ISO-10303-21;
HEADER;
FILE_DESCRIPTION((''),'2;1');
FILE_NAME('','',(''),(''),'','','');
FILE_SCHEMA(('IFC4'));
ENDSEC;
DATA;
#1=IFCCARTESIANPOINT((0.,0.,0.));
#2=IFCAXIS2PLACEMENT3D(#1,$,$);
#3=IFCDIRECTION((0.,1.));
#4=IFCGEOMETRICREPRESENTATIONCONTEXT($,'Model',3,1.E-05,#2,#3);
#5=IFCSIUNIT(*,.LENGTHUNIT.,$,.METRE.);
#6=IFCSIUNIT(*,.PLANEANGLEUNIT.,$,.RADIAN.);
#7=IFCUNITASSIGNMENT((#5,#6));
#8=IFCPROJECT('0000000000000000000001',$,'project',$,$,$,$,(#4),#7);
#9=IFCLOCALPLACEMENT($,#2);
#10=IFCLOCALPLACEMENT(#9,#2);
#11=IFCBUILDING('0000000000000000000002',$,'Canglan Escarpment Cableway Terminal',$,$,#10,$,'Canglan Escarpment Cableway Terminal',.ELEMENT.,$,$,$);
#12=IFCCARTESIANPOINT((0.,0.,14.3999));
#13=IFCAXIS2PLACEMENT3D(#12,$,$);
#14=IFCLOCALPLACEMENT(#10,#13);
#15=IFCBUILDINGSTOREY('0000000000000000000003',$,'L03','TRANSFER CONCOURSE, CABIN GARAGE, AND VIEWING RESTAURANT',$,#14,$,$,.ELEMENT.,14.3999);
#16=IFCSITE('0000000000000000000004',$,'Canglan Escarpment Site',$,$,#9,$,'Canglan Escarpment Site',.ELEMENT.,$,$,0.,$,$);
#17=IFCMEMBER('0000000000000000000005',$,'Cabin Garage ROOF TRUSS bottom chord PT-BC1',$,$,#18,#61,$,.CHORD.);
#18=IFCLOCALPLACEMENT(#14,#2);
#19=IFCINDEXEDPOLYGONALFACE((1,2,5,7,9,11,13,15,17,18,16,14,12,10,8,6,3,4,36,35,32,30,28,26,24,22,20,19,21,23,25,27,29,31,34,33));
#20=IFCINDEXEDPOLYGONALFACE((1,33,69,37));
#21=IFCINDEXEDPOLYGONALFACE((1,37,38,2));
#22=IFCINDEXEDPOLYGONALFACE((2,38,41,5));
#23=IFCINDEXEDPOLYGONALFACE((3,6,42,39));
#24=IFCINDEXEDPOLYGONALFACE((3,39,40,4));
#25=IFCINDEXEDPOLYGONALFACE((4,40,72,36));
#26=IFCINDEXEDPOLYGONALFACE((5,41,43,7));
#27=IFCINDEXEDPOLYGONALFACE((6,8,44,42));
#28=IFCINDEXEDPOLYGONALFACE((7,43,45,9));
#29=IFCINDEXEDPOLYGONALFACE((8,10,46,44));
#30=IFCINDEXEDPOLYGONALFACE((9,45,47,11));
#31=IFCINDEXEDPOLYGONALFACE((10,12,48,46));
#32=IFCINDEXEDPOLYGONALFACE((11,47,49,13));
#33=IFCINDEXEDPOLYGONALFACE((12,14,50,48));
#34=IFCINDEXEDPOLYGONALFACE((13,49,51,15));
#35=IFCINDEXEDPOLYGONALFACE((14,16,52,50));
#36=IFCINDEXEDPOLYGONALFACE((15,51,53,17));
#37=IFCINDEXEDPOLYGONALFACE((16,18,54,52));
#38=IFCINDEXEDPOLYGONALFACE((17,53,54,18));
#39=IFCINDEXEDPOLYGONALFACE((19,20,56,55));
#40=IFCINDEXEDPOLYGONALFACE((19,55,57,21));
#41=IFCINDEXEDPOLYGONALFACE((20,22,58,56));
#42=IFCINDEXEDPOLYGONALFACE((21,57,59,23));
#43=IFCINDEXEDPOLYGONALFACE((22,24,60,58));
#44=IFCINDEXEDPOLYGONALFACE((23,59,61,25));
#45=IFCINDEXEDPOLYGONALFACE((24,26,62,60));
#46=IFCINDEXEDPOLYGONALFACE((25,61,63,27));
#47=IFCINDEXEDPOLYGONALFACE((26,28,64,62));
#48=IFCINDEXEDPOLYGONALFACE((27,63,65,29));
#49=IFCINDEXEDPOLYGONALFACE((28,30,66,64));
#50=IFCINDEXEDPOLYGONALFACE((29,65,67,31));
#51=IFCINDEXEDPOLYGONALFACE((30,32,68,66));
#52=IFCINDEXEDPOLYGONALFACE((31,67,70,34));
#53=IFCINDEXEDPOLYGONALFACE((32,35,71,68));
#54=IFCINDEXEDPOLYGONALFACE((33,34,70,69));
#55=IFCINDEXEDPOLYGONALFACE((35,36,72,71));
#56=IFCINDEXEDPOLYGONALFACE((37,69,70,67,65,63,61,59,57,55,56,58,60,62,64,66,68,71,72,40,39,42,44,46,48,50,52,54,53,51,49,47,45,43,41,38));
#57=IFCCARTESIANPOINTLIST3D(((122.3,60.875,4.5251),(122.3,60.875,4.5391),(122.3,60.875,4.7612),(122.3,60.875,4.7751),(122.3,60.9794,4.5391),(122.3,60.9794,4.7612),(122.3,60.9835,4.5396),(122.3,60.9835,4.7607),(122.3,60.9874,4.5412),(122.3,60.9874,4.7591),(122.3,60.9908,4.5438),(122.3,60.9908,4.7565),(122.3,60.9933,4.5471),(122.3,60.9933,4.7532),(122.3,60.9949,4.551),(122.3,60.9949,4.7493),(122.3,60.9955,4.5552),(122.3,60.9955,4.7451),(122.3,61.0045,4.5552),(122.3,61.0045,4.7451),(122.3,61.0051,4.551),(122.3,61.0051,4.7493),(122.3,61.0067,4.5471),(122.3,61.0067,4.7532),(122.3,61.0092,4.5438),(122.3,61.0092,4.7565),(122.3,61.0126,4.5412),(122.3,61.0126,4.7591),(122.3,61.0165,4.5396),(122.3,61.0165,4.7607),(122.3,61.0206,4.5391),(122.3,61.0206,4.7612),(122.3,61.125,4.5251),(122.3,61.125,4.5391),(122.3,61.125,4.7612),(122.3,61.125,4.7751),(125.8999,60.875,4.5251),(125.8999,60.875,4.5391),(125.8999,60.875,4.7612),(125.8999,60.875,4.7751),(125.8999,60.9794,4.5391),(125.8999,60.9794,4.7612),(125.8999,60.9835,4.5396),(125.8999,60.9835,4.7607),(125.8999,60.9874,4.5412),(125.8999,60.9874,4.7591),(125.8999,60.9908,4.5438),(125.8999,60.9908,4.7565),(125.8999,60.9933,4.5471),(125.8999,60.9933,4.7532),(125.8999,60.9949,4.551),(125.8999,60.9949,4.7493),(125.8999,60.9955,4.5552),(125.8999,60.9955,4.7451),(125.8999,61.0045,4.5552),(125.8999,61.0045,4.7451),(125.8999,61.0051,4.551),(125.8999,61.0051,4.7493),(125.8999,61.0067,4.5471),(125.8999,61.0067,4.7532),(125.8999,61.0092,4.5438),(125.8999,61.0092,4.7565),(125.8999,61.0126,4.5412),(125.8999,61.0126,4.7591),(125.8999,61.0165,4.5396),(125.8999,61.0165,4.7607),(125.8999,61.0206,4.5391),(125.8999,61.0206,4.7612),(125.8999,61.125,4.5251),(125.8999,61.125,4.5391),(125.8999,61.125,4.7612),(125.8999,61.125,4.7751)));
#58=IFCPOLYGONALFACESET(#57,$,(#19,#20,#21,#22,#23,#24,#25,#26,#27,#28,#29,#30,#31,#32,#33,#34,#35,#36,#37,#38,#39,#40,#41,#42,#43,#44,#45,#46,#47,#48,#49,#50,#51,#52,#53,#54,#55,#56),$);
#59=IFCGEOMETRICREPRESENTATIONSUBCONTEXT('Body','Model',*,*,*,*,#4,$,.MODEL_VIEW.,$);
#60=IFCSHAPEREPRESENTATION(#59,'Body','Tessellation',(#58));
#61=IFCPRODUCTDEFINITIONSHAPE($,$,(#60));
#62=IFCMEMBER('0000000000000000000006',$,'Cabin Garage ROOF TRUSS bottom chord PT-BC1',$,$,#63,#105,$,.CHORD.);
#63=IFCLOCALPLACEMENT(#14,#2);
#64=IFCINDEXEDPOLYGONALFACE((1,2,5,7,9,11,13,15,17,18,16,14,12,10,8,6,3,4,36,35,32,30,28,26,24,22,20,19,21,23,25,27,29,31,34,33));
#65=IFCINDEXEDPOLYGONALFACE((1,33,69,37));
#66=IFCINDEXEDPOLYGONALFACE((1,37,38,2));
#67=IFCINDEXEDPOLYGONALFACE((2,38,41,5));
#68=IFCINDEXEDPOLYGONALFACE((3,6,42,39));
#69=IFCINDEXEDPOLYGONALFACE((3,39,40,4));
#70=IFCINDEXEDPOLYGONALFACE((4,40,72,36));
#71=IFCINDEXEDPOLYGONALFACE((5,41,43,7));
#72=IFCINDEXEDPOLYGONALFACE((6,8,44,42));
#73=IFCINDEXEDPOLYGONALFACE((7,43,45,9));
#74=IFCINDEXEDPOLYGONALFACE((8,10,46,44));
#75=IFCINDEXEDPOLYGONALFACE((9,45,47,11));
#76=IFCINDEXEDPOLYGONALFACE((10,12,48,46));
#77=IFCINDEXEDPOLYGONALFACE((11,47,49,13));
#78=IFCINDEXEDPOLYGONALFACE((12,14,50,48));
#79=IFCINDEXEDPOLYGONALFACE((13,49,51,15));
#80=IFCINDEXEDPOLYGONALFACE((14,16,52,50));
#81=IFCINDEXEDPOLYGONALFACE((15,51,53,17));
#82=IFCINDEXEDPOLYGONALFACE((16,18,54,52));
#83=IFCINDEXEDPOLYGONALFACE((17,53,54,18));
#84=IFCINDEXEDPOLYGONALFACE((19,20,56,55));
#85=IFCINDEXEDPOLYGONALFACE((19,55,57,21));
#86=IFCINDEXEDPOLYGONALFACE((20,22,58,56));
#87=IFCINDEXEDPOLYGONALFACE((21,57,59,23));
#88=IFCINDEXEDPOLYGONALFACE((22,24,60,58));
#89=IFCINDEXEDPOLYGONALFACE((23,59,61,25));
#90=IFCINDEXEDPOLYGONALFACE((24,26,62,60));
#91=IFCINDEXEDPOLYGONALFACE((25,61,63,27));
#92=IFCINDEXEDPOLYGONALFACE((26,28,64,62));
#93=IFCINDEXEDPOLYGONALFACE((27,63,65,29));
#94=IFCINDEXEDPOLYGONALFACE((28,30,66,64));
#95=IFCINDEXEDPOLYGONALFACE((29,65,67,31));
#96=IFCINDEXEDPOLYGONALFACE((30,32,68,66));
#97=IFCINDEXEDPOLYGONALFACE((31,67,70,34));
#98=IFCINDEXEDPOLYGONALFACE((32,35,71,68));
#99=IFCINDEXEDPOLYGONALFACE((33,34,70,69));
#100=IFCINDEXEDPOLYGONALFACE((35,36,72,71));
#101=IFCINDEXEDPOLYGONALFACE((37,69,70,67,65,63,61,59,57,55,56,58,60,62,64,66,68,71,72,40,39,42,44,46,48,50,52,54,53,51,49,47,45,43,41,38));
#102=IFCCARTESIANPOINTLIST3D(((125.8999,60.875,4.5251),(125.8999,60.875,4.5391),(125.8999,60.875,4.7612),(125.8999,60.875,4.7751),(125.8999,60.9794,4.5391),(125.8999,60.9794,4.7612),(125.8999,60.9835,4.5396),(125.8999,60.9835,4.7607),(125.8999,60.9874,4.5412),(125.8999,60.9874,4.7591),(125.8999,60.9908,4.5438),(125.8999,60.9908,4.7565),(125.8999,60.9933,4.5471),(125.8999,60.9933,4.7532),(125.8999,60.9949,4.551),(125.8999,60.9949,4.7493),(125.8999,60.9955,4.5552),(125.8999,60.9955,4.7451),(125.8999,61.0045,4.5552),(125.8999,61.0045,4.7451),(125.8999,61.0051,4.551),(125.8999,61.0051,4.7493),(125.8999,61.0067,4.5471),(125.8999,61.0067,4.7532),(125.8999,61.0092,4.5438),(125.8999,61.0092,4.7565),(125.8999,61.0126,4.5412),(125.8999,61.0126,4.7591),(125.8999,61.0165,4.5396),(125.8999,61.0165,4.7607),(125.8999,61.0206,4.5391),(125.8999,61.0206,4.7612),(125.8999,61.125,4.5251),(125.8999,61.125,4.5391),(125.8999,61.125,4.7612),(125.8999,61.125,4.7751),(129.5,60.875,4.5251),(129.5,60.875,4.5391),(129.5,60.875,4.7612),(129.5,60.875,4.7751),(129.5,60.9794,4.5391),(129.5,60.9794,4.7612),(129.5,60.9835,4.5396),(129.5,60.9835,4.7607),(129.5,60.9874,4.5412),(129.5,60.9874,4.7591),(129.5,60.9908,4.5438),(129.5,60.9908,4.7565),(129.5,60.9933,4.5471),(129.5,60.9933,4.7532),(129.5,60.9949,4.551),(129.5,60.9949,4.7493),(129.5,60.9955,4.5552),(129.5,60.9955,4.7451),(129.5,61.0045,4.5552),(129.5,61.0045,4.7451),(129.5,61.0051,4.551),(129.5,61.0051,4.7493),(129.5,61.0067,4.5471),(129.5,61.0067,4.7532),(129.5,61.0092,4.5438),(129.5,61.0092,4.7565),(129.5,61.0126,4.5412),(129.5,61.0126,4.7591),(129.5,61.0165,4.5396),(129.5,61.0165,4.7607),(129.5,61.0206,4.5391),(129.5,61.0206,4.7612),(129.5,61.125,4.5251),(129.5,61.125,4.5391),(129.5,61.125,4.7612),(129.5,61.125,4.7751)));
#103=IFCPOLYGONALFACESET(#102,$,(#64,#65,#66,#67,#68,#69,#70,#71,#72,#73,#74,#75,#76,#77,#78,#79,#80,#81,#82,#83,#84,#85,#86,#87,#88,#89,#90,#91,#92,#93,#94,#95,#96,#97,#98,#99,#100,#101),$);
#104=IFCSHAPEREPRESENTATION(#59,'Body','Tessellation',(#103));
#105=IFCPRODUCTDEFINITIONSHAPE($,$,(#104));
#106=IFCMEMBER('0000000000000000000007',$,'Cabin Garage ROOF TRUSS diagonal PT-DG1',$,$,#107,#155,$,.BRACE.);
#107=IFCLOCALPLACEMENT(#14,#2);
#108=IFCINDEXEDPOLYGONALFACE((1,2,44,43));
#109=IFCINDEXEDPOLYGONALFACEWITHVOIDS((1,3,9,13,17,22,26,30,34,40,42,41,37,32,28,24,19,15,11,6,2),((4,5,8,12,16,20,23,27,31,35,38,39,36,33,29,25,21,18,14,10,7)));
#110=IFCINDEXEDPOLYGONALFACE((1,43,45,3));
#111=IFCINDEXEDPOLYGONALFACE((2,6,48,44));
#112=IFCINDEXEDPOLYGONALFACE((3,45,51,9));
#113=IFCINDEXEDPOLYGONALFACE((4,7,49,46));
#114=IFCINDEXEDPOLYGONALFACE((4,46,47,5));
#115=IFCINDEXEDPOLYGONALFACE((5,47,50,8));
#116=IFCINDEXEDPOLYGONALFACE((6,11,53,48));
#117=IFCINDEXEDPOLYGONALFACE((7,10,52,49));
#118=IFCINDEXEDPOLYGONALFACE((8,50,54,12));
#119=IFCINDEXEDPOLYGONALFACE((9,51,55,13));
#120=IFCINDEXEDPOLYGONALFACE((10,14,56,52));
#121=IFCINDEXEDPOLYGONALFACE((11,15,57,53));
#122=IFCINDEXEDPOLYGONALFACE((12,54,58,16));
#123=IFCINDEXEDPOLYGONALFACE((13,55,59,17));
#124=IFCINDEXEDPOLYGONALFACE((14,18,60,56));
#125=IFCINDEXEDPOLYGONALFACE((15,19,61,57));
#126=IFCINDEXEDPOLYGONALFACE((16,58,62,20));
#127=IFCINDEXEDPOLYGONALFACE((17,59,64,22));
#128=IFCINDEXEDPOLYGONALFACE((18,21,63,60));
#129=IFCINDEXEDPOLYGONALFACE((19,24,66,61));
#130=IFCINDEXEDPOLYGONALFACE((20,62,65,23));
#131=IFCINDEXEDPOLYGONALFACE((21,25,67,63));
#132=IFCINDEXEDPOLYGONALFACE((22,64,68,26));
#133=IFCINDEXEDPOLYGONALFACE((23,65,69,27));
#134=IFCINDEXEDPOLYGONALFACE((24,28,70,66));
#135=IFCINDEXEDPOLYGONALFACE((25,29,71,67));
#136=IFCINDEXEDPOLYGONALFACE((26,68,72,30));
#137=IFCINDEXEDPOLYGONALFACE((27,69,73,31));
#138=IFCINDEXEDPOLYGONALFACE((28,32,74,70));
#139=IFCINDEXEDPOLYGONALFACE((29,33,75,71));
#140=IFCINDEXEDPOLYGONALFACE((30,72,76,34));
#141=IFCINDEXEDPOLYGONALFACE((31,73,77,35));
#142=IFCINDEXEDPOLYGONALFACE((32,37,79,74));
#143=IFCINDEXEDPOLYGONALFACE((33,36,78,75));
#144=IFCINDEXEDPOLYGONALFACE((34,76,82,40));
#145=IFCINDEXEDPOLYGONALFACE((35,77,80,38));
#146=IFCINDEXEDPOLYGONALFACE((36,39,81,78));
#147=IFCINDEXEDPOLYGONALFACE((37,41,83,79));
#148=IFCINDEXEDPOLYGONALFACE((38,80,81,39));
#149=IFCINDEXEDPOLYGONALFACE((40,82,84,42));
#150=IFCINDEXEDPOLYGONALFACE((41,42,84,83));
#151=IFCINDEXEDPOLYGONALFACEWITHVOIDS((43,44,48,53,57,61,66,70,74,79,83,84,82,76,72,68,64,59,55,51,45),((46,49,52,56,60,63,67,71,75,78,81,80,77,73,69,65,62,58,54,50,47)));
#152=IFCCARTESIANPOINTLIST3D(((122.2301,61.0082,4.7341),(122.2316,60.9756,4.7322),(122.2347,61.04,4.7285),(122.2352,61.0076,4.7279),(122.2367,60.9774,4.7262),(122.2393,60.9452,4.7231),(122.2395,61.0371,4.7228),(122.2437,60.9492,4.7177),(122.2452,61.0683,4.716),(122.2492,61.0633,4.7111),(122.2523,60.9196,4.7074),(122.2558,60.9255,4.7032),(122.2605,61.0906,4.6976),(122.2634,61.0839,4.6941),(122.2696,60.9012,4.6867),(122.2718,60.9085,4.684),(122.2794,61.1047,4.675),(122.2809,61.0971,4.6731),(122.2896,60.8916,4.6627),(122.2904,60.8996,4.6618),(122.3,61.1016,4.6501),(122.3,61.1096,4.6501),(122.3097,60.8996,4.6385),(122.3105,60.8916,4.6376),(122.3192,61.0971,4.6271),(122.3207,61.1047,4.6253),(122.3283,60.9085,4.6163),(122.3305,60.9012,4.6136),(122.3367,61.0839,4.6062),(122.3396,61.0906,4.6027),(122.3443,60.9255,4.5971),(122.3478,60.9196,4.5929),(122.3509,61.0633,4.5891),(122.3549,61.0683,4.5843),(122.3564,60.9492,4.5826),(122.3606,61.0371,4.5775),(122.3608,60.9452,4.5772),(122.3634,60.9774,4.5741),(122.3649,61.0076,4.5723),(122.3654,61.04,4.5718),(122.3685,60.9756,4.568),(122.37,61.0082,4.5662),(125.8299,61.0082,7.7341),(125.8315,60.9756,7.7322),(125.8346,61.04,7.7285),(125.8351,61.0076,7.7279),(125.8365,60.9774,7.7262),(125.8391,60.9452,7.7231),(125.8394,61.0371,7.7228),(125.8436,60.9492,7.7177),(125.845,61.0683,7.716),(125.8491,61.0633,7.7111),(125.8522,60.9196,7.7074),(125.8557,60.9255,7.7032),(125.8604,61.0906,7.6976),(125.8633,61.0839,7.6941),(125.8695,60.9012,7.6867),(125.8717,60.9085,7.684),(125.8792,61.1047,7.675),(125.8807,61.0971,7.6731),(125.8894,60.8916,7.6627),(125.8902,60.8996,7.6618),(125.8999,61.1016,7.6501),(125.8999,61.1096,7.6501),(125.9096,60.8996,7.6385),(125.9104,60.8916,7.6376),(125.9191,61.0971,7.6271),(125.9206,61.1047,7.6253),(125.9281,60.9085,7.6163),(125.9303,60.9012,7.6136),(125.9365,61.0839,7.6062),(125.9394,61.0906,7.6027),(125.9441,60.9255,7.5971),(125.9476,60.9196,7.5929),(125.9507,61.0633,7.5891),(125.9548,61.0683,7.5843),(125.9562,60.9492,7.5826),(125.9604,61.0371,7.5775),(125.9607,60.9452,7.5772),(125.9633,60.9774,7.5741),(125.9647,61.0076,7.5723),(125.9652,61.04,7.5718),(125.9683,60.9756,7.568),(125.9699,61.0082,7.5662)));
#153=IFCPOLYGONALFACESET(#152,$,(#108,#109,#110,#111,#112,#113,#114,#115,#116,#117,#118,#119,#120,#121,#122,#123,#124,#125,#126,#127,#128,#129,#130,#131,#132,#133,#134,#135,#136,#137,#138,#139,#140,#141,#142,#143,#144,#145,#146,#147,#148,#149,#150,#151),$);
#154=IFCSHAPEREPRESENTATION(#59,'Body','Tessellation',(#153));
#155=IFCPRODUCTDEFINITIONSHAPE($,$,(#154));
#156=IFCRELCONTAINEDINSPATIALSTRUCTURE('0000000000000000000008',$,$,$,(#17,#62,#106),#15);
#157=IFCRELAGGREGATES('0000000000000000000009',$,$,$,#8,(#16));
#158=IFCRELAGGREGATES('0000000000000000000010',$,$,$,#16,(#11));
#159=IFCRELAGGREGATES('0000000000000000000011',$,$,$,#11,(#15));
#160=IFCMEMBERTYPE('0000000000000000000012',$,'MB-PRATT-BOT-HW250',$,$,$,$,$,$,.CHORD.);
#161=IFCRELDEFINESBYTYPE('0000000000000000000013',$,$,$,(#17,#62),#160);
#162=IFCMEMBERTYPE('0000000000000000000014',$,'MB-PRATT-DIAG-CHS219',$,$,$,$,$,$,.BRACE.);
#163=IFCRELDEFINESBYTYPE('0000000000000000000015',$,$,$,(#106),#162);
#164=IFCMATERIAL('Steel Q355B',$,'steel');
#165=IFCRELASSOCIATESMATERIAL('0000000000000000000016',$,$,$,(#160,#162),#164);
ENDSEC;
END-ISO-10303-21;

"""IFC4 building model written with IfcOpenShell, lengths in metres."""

from ifc_helpers import new_model, si_unit, direction, frame, origin, origin_2d, place, context, subcontext, project, spatial, hollow_circle, i_section, extrude, material, material_profile, profile_set, type_object, element, save


model = new_model("IFC4")

# Units and contexts
model_context = context("Model", 3, precision=1e-05, world=origin(), true_north=direction((0.0, 1.0)))
body_context = subcontext(model_context, "Body", "Model", "MODEL_VIEW")
ifc_project = project(units=[si_unit("LENGTHUNIT", "METRE"), si_unit("PLANEANGLEUNIT", "RADIAN")], contexts=[model_context])

# Site, building, storey
site_placement = place(None, origin())
site = spatial("IfcSite", under=ifc_project, at=site_placement, Name="Canglan Escarpment Site", LongName="Canglan Escarpment Site", CompositionType="ELEMENT", RefElevation=0.0)
building_placement = place(site_placement, origin())
building = spatial("IfcBuilding", under=site, at=building_placement, Name="Canglan Escarpment Cableway Terminal", LongName="Canglan Escarpment Cableway Terminal", CompositionType="ELEMENT")
storey_placement = place(building_placement, frame((0.0, 0.0, 14.3999)))
storey = spatial("IfcBuildingStorey", under=building, at=storey_placement, Name="L03", Description="TRANSFER CONCOURSE, CABIN GARAGE, AND VIEWING RESTAURANT", CompositionType="ELEMENT", Elevation=14.3999)

# Shared definitions
ifc_material_1 = material(Name="Steel Q355B", Category="steel")

# Members
ifc_material_profile_1 = material_profile(ifc_material_1, i_section(OverallWidth=0.25, OverallDepth=0.25, WebThickness=0.009, FlangeThickness=0.0139, FilletRadius=0.0161, at=origin_2d()), Name="HW 250x250x9x14")
ifc_profile_set_1 = profile_set([ifc_material_profile_1], Name="Steel Q355B")
member_type_1 = type_object("IfcMemberType", Name="MB-PRATT-BOT-HW250", PredefinedType="CHORD", material=ifc_profile_set_1)
member_1_placement = place(storey_placement, frame((122.3, 61.0, 4.6501), z_axis=(1.0, 0.0, 0.0), x_axis=(0.0, 1.0, 0.0)))
element("IfcMember", 1, at=member_1_placement, inside=storey, type_object=member_type_1, Name="Cabin Garage ROOF TRUSS bottom chord PT-BC1", PredefinedType="CHORD", context=body_context, shape_type="SweptSolid", body=[
    extrude(i_section(OverallWidth=0.25, OverallDepth=0.25, WebThickness=0.009, FlangeThickness=0.0139, FilletRadius=0.0161, at=origin_2d()), origin(), (0.0, 0.0, 1.0), 3.5999),
])
member_2_placement = place(storey_placement, frame((125.8999, 61.0, 4.6501), z_axis=(1.0, 0.0, 0.0), x_axis=(0.0, 1.0, 0.0)))
element("IfcMember", 2, at=member_2_placement, inside=storey, type_object=member_type_1, Name="Cabin Garage ROOF TRUSS bottom chord PT-BC1", PredefinedType="CHORD", context=body_context, shape_type="SweptSolid", body=[
    extrude(i_section(OverallWidth=0.25, OverallDepth=0.25, WebThickness=0.009, FlangeThickness=0.0139, FilletRadius=0.0161, at=origin_2d()), origin(), (0.0, 0.0, 1.0), 3.6001),
])
ifc_material_profile_2 = material_profile(ifc_material_1, hollow_circle(Radius=0.1096, WallThickness=0.0081, at=origin_2d()), Name="CHS 219.1x8")
ifc_profile_set_2 = profile_set([ifc_material_profile_2], Name="Steel Q355B")
member_type_2 = type_object("IfcMemberType", Name="MB-PRATT-DIAG-CHS219", PredefinedType="BRACE", material=ifc_profile_set_2)
member_3_placement = place(storey_placement, frame((122.3, 61.0, 4.6501), z_axis=(0.768208, 0.0, 0.6402), x_axis=(0.0, 1.0, 0.0)))
element("IfcMember", 3, at=member_3_placement, inside=storey, type_object=member_type_2, Name="Cabin Garage ROOF TRUSS diagonal PT-DG1", PredefinedType="BRACE", context=body_context, shape_type="SweptSolid", body=[
    extrude(hollow_circle(Radius=0.1096, WallThickness=0.0081, at=origin_2d()), origin(), (0.0, 0.0, 1.0), 4.686),
])

save(model, "model.ifc")
